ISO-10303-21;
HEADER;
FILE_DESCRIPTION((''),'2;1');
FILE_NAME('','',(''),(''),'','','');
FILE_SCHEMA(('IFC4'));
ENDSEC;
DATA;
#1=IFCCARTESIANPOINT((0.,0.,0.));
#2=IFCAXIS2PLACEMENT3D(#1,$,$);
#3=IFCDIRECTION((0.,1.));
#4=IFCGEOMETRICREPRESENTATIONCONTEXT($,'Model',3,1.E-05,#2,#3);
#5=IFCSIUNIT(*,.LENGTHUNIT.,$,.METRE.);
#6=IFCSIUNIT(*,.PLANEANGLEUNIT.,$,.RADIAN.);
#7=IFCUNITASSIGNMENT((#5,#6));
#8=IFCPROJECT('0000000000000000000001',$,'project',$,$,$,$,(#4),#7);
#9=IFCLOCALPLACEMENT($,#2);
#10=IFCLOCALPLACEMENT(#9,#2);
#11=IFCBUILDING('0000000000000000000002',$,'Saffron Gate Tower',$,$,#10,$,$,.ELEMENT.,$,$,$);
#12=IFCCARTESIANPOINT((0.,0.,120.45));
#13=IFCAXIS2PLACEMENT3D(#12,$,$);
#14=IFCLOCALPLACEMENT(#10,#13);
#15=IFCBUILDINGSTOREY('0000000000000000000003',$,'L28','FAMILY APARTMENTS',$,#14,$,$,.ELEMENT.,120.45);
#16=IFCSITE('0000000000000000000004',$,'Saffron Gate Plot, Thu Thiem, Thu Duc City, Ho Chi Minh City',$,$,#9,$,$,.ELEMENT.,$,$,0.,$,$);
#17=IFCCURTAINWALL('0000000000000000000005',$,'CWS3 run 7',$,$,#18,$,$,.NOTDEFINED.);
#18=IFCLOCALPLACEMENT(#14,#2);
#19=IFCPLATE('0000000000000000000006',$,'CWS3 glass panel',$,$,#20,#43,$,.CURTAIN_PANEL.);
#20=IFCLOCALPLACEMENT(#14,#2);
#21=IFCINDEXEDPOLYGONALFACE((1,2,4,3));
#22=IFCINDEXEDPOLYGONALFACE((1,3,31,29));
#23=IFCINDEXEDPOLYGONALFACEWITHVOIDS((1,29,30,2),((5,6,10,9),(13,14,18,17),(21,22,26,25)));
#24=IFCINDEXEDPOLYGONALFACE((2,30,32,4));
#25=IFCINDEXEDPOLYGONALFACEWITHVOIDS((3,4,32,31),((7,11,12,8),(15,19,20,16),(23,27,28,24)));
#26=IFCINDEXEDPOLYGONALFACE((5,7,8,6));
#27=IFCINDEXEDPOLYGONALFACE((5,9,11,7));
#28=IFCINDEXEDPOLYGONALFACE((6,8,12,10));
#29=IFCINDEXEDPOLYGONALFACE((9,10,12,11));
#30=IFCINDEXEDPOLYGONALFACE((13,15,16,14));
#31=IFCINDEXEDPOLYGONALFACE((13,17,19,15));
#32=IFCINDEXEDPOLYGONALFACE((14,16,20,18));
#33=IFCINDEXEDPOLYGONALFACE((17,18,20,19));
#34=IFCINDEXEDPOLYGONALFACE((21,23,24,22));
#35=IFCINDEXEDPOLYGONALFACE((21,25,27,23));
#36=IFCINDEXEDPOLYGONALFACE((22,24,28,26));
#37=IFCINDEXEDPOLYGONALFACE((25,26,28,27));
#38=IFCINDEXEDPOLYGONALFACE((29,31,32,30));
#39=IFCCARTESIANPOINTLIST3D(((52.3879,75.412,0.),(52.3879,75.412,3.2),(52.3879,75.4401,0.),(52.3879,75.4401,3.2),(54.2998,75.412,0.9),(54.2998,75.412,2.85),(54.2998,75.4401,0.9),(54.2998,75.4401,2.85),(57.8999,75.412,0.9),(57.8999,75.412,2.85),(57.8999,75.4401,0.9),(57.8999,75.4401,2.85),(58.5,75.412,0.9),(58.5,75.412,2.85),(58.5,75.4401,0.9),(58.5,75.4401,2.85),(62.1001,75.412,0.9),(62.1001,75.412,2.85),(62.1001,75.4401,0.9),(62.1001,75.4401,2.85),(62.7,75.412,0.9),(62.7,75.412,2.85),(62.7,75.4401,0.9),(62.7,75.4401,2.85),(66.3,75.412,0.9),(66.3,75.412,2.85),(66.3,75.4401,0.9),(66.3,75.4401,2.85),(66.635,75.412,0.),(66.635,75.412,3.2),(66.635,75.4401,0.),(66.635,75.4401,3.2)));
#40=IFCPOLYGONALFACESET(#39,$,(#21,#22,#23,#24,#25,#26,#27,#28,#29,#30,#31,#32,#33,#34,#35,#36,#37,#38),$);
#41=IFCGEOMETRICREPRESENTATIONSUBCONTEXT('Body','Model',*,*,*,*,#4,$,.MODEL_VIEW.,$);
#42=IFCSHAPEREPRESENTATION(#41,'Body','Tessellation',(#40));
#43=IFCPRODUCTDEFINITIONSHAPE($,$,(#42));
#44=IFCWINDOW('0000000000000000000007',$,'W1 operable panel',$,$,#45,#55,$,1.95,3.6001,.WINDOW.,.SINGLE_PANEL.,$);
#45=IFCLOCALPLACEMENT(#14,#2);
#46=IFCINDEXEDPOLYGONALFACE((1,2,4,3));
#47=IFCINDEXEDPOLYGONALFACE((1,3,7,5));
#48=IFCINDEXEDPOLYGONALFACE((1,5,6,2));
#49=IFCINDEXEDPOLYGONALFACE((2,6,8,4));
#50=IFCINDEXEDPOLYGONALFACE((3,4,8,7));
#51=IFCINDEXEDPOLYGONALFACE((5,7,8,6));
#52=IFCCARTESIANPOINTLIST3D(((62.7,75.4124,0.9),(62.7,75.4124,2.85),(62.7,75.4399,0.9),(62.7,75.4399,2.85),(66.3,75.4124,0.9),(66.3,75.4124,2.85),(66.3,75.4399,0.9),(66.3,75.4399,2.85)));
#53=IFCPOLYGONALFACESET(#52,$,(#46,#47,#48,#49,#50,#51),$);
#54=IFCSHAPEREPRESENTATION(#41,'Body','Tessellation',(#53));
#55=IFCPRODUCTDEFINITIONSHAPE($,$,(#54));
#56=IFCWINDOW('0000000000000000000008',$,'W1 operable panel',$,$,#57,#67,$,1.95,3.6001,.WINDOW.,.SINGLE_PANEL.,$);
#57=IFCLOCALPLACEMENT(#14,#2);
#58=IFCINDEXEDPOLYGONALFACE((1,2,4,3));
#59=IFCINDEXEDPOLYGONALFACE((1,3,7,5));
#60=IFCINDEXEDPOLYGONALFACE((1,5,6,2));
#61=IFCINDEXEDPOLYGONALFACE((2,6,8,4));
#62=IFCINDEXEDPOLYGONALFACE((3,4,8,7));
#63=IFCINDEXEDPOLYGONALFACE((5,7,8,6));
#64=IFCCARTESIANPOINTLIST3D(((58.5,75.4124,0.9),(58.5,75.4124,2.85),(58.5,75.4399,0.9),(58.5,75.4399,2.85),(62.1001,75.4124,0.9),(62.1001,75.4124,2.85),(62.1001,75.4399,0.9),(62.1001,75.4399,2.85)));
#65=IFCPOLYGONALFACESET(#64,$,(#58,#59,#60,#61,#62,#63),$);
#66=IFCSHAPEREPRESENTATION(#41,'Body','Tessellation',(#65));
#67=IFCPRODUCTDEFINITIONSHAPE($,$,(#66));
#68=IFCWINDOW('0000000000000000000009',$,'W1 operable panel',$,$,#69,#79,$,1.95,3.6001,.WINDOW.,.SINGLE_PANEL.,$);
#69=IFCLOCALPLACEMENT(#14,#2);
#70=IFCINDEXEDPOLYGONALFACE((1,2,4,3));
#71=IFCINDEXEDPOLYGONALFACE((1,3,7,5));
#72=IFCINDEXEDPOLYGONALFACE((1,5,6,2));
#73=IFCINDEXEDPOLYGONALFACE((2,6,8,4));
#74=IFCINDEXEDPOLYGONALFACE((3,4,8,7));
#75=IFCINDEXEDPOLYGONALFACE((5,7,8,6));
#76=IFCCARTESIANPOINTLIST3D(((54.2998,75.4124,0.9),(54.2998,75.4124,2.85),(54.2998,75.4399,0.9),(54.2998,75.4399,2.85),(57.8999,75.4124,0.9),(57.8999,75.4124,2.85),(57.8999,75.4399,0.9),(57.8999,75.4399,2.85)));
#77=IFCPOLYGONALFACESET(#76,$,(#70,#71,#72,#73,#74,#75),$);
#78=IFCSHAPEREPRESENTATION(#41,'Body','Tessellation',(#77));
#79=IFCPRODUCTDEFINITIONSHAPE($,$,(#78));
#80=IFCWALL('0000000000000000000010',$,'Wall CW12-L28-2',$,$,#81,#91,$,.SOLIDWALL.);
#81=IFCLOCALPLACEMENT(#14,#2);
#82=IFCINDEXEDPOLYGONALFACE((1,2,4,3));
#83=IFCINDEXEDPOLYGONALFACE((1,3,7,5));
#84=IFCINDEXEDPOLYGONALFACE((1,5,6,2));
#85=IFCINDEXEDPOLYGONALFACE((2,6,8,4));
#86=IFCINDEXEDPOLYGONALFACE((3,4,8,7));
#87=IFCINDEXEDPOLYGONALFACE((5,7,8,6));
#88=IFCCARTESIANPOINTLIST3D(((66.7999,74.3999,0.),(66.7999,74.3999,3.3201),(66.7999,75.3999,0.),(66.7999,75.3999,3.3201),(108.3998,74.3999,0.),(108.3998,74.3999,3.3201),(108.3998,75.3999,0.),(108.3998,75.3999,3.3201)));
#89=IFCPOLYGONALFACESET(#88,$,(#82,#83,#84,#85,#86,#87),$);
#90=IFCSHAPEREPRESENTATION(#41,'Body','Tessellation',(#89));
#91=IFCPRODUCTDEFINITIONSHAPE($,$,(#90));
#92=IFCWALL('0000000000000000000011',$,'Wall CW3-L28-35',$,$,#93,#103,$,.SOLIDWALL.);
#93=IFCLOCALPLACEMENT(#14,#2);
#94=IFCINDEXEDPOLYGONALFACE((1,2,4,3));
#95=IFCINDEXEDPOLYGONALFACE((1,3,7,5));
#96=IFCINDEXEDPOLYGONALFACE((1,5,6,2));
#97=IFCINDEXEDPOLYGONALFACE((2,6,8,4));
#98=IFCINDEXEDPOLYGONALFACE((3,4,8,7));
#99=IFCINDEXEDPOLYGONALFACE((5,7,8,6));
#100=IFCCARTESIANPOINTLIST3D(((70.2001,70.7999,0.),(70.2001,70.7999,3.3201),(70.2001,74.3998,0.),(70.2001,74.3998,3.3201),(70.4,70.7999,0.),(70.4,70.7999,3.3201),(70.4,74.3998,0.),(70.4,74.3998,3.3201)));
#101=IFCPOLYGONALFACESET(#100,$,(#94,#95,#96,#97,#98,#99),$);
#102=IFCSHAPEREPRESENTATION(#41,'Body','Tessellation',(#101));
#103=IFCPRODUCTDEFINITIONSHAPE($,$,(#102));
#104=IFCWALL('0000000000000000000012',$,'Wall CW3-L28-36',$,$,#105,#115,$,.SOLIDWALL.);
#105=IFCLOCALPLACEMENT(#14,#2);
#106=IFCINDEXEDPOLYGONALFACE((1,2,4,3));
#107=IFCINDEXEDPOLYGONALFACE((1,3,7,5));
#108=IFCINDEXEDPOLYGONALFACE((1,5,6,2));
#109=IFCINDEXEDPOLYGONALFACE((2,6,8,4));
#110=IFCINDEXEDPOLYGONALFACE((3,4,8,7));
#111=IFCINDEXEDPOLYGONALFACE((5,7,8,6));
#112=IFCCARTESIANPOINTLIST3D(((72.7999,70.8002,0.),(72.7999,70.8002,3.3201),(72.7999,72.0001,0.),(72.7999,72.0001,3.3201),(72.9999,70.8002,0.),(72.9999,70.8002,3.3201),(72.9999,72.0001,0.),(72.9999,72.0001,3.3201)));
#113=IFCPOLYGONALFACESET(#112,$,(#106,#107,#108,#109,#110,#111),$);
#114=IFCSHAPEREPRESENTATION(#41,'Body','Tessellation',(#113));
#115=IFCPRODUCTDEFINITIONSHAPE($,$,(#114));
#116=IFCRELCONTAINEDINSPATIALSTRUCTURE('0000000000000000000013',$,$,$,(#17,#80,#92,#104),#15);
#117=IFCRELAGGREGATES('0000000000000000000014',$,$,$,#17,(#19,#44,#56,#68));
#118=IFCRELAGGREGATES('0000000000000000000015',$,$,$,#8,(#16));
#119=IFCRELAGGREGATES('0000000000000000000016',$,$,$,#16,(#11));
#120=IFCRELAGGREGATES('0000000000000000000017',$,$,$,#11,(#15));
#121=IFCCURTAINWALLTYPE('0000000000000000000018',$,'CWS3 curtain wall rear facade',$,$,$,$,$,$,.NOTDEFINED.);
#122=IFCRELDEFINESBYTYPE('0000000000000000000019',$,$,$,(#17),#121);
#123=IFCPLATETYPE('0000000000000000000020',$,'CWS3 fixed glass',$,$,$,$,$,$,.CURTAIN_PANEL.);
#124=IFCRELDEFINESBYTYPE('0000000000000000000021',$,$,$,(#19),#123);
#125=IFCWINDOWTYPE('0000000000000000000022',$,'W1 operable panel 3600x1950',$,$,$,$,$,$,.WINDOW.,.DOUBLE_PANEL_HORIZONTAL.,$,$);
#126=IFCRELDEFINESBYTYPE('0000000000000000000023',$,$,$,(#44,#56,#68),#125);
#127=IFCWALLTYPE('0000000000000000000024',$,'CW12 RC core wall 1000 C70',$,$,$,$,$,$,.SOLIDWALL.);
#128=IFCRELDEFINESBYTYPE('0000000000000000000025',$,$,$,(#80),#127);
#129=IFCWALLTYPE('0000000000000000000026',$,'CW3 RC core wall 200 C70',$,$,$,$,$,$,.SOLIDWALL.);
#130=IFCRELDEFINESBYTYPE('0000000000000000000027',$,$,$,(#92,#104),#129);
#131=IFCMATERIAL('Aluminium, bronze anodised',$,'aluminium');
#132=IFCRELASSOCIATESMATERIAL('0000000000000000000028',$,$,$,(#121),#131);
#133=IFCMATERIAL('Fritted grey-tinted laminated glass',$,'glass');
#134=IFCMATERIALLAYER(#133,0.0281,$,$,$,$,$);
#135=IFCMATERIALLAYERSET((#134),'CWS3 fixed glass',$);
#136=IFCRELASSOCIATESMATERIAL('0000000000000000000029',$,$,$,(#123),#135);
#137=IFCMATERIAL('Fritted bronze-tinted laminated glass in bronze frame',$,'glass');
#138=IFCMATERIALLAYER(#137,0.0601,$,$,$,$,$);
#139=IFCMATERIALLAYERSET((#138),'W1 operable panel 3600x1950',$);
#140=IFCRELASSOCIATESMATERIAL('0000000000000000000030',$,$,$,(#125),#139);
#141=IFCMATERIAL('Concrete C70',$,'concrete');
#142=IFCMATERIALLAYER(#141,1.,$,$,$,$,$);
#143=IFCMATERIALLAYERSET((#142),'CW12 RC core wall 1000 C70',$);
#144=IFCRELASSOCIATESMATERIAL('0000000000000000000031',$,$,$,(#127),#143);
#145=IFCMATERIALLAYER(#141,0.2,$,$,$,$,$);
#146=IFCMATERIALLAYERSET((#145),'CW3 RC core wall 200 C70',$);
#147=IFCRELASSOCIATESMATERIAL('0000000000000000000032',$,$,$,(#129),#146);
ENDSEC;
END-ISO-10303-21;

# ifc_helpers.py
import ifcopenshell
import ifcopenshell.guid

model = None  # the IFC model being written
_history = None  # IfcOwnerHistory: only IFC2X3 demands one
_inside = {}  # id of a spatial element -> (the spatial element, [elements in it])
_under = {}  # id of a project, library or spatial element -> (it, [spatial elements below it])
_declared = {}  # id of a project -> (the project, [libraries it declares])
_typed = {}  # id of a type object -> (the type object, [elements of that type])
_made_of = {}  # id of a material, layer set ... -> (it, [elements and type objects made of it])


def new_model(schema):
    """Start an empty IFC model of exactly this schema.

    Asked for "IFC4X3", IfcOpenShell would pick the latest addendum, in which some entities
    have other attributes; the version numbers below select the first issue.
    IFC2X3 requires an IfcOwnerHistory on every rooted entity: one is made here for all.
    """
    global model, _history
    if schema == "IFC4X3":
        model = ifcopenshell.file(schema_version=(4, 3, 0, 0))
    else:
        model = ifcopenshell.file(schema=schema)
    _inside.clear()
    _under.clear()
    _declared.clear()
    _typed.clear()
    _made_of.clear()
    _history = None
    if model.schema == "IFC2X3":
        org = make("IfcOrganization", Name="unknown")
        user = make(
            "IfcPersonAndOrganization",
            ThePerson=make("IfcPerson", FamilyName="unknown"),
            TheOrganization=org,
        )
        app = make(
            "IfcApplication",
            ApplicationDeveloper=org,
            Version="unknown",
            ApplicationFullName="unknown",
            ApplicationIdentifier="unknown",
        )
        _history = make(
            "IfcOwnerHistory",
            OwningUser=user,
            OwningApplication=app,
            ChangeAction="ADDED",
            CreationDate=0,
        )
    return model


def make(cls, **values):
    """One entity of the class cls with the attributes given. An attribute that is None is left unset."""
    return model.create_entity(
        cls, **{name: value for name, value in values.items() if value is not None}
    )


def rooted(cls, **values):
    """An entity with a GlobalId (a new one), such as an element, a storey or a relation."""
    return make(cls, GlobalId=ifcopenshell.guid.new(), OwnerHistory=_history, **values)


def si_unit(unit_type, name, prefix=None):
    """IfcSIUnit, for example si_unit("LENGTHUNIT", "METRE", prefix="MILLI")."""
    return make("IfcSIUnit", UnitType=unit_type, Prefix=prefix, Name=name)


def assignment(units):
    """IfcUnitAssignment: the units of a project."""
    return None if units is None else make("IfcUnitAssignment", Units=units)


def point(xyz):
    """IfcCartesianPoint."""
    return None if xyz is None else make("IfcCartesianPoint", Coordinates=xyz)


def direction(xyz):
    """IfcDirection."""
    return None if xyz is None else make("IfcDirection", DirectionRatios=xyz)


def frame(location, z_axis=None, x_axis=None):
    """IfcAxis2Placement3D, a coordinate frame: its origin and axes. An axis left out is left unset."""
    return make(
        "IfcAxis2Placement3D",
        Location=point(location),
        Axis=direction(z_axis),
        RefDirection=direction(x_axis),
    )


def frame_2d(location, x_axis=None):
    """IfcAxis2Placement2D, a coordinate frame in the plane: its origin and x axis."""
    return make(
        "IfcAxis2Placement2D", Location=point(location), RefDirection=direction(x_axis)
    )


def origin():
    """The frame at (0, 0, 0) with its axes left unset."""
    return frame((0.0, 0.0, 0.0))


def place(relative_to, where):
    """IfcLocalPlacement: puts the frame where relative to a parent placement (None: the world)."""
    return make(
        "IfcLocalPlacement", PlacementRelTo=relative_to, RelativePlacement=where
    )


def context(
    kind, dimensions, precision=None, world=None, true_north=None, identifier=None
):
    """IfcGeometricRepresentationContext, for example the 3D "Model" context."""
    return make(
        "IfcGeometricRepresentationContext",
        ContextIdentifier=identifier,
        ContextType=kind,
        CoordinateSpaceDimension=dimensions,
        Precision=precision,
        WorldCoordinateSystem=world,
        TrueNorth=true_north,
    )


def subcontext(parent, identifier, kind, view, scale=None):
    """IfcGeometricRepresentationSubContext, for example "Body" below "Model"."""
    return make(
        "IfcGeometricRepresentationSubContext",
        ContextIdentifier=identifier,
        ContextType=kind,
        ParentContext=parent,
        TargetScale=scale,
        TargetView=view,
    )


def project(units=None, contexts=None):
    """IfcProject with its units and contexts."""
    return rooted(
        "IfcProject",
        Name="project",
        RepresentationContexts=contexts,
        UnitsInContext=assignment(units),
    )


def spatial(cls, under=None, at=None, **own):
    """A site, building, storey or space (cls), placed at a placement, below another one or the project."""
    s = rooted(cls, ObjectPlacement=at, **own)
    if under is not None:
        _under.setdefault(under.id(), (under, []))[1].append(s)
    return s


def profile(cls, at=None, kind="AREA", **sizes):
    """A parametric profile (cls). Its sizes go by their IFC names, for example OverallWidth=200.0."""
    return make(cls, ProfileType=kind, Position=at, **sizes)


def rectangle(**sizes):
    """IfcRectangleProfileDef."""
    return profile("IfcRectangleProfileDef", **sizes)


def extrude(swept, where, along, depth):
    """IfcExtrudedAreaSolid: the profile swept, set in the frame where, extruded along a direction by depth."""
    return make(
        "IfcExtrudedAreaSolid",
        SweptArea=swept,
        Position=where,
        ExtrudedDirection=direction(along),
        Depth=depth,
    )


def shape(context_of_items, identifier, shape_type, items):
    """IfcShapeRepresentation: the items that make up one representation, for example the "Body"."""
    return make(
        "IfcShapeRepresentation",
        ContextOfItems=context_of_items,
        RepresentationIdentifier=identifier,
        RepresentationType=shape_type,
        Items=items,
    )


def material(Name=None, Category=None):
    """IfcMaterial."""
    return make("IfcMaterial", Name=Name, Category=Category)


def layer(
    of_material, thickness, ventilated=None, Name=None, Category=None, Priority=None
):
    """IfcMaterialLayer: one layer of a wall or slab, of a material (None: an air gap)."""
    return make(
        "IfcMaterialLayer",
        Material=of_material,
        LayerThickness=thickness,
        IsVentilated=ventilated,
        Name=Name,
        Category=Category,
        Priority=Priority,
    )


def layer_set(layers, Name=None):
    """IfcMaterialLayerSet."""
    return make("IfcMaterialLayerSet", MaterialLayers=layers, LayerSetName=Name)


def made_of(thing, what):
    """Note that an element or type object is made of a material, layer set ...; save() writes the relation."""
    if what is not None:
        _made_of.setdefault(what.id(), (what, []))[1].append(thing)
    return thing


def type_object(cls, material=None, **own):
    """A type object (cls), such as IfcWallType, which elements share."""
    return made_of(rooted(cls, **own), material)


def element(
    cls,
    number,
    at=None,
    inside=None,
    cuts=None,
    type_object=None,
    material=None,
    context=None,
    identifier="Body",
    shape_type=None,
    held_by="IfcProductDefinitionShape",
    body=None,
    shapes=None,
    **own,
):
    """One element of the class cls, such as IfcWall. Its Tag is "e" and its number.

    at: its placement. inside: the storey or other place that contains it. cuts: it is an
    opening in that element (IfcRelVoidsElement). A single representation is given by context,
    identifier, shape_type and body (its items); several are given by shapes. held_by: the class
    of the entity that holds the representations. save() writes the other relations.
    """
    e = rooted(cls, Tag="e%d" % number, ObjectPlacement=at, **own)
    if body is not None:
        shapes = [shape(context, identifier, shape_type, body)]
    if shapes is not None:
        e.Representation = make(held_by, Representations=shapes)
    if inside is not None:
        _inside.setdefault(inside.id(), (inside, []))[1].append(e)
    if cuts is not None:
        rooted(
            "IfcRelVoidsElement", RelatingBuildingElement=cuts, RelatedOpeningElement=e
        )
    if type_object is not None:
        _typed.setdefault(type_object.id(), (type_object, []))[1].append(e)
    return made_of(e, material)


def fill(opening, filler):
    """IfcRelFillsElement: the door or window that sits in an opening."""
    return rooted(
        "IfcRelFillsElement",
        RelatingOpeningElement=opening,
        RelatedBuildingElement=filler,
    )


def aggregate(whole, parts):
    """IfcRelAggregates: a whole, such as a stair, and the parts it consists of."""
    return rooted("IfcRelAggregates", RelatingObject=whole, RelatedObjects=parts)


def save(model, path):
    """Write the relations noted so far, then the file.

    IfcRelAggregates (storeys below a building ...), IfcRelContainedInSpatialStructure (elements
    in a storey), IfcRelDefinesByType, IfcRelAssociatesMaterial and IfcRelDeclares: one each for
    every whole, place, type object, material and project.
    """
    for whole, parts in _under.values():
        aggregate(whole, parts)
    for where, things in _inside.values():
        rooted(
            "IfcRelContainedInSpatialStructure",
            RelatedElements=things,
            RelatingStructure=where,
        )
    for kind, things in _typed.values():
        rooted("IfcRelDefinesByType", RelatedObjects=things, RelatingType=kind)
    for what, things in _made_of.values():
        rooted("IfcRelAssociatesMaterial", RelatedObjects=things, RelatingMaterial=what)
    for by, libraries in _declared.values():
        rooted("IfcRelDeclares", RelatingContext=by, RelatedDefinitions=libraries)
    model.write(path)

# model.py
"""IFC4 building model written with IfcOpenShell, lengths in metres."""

from ifc_helpers import new_model, si_unit, direction, frame, frame_2d, origin, place, context, subcontext, project, spatial, rectangle, extrude, material, layer, layer_set, type_object, element, fill, aggregate, save


model = new_model("IFC4")

# Units and contexts
model_context = context("Model", 3, precision=1e-05, world=origin(), true_north=direction((0.0, 1.0)))
body_context = subcontext(model_context, "Body", "Model", "MODEL_VIEW")
ifc_project = project(units=[si_unit("LENGTHUNIT", "METRE"), si_unit("PLANEANGLEUNIT", "RADIAN")], contexts=[model_context])

# Site, building, storey
site_placement = place(None, origin())
site = spatial("IfcSite", under=ifc_project, at=site_placement, Name="Saffron Gate Plot, Thu Thiem, Thu Duc City, Ho Chi Minh City", CompositionType="ELEMENT", RefElevation=0.0)
building_placement = place(site_placement, origin())
building = spatial("IfcBuilding", under=site, at=building_placement, Name="Saffron Gate Tower", CompositionType="ELEMENT")
storey_placement = place(building_placement, frame((0.0, 0.0, 120.45)))
storey = spatial("IfcBuildingStorey", under=building, at=storey_placement, Name="L28", Description="FAMILY APARTMENTS", CompositionType="ELEMENT", Elevation=120.45)

# Curtain wall, plate, openings, windows
ifc_material_1 = material(Name="Aluminium, bronze anodised", Category="aluminium")
curtain_wall_type = type_object("IfcCurtainWallType", Name="CWS3 curtain wall rear facade", PredefinedType="NOTDEFINED", material=ifc_material_1)
curtain_wall_placement = place(storey_placement, origin())
curtain_wall = element("IfcCurtainWall", 1, at=curtain_wall_placement, inside=storey, type_object=curtain_wall_type, Name="CWS3 run 7", PredefinedType="NOTDEFINED")
ifc_material_2 = material(Name="Fritted grey-tinted laminated glass", Category="glass")
ifc_layer_1 = layer(ifc_material_2, 0.0281)
ifc_layer_set_1 = layer_set([ifc_layer_1], Name="CWS3 fixed glass")
plate_type = type_object("IfcPlateType", Name="CWS3 fixed glass", PredefinedType="CURTAIN_PANEL", material=ifc_layer_set_1)
plate_placement = place(storey_placement, frame((66.635, 75.426, 0.0), z_axis=(0.0, 0.0, 1.0), x_axis=(-1.0, 0.0, 0.0)))
plate = element("IfcPlate", 2, at=plate_placement, type_object=plate_type, Name="CWS3 glass panel", PredefinedType="CURTAIN_PANEL", context=body_context, shape_type="SweptSolid", body=[
    extrude(rectangle(XDim=14.2471, YDim=0.0281, at=frame_2d((7.1235, 0.0))), origin(), (0.0, 0.0, 1.0), 3.2),
])
opening_1_placement = place(plate_placement, frame((0.335, 0.0, 0.8999)))
opening_1 = element("IfcOpeningElement", 3, at=opening_1_placement, cuts=plate, PredefinedType="OPENING", context=body_context, shape_type="SweptSolid", body=[
    extrude(rectangle(XDim=3.6001, YDim=1.95, at=frame_2d((1.8, 0.9751))), frame((0.0, 0.0239, 0.0), z_axis=(0.0, -1.0, 0.0), x_axis=(1.0, 0.0, 0.0)), (0.0, 0.0, 1.0), 0.0481),
])
opening_2_placement = place(plate_placement, frame((4.5349, 0.0, 0.8999)))
opening_2 = element("IfcOpeningElement", 4, at=opening_2_placement, cuts=plate, PredefinedType="OPENING", context=body_context, shape_type="SweptSolid", body=[
    extrude(rectangle(XDim=3.6001, YDim=1.95, at=frame_2d((1.8, 0.9751))), frame((0.0, 0.0239, 0.0), z_axis=(0.0, -1.0, 0.0), x_axis=(1.0, 0.0, 0.0)), (0.0, 0.0, 1.0), 0.0481),
])
opening_3_placement = place(plate_placement, frame((8.7351, 0.0, 0.8999)))
opening_3 = element("IfcOpeningElement", 5, at=opening_3_placement, cuts=plate, PredefinedType="OPENING", context=body_context, shape_type="SweptSolid", body=[
    extrude(rectangle(XDim=3.6001, YDim=1.95, at=frame_2d((1.8, 0.9751))), frame((0.0, 0.0239, 0.0), z_axis=(0.0, -1.0, 0.0), x_axis=(1.0, 0.0, 0.0)), (0.0, 0.0, 1.0), 0.0481),
])
ifc_material_3 = material(Name="Fritted bronze-tinted laminated glass in bronze frame", Category="glass")
ifc_layer_2 = layer(ifc_material_3, 0.0601)
ifc_layer_set_2 = layer_set([ifc_layer_2], Name="W1 operable panel 3600x1950")
window_type = type_object("IfcWindowType", Name="W1 operable panel 3600x1950", PartitioningType="DOUBLE_PANEL_HORIZONTAL", PredefinedType="WINDOW", material=ifc_layer_set_2)
window_1_placement = place(opening_1_placement, origin())
window_1 = element("IfcWindow", 6, at=window_1_placement, type_object=window_type, Name="W1 operable panel", OverallHeight=1.95, OverallWidth=3.6001, PartitioningType="SINGLE_PANEL", PredefinedType="WINDOW", context=body_context, shape_type="SweptSolid", body=[
    extrude(rectangle(XDim=3.6001, YDim=1.95, at=frame_2d((1.8, 0.9751))), frame((0.0, 0.0137, 0.0), z_axis=(0.0, -1.0, 0.0), x_axis=(1.0, 0.0, 0.0)), (0.0, 0.0, 1.0), 0.0276),
])
fill(opening_1, window_1)
window_2_placement = place(opening_2_placement, origin())
window_2 = element("IfcWindow", 7, at=window_2_placement, type_object=window_type, Name="W1 operable panel", OverallHeight=1.95, OverallWidth=3.6001, PartitioningType="SINGLE_PANEL", PredefinedType="WINDOW", context=body_context, shape_type="SweptSolid", body=[
    extrude(rectangle(XDim=3.6001, YDim=1.95, at=frame_2d((1.8, 0.9751))), frame((0.0, 0.0137, 0.0), z_axis=(0.0, -1.0, 0.0), x_axis=(1.0, 0.0, 0.0)), (0.0, 0.0, 1.0), 0.0276),
])
fill(opening_2, window_2)
window_3_placement = place(opening_3_placement, origin())
window_3 = element("IfcWindow", 8, at=window_3_placement, type_object=window_type, Name="W1 operable panel", OverallHeight=1.95, OverallWidth=3.6001, PartitioningType="SINGLE_PANEL", PredefinedType="WINDOW", context=body_context, shape_type="SweptSolid", body=[
    extrude(rectangle(XDim=3.6001, YDim=1.95, at=frame_2d((1.8, 0.9751))), frame((0.0, 0.0137, 0.0), z_axis=(0.0, -1.0, 0.0), x_axis=(1.0, 0.0, 0.0)), (0.0, 0.0, 1.0), 0.0276),
])
fill(opening_3, window_3)
aggregate(curtain_wall, [plate, window_1, window_2, window_3])

# Walls
ifc_material_4 = material(Name="Concrete C70", Category="concrete")
ifc_layer_3 = layer(ifc_material_4, 1.0)
ifc_layer_set_3 = layer_set([ifc_layer_3], Name="CW12 RC core wall 1000 C70")
wall_type_1 = type_object("IfcWallType", Name="CW12 RC core wall 1000 C70", PredefinedType="SOLIDWALL", material=ifc_layer_set_3)
wall_1_placement = place(storey_placement, frame((66.8, 74.8999, 0.0), z_axis=(0.0, 0.0, 1.0), x_axis=(1.0, 0.0, 0.0)))
element("IfcWall", 9, at=wall_1_placement, inside=storey, type_object=wall_type_1, Name="Wall CW12-L28-2", PredefinedType="SOLIDWALL", context=body_context, shape_type="SweptSolid", body=[
    extrude(rectangle(XDim=41.5999, YDim=1.0, at=frame_2d((20.7998, 0.0))), origin(), (0.0, 0.0, 1.0), 3.3201),
])
ifc_layer_4 = layer(ifc_material_4, 0.2)
ifc_layer_set_4 = layer_set([ifc_layer_4], Name="CW3 RC core wall 200 C70")
wall_type_2 = type_object("IfcWallType", Name="CW3 RC core wall 200 C70", PredefinedType="SOLIDWALL", material=ifc_layer_set_4)
wall_2_placement = place(storey_placement, frame((70.3, 70.8, 0.0), z_axis=(0.0, 0.0, 1.0), x_axis=(0.0, 1.0, 0.0)))
element("IfcWall", 10, at=wall_2_placement, inside=storey, type_object=wall_type_2, Name="Wall CW3-L28-35", PredefinedType="SOLIDWALL", context=body_context, shape_type="SweptSolid", body=[
    extrude(rectangle(XDim=3.5999, YDim=0.2, at=frame_2d((1.7998, 0.0))), origin(), (0.0, 0.0, 1.0), 3.3201),
])
wall_3_placement = place(storey_placement, frame((72.8999, 70.8, 0.0), z_axis=(0.0, 0.0, 1.0), x_axis=(0.0, 1.0, 0.0)))
element("IfcWall", 11, at=wall_3_placement, inside=storey, type_object=wall_type_2, Name="Wall CW3-L28-36", PredefinedType="SOLIDWALL", context=body_context, shape_type="SweptSolid", body=[
    extrude(rectangle(XDim=1.2, YDim=0.2, at=frame_2d((0.6001, 0.0))), origin(), (0.0, 0.0, 1.0), 3.3201),
])

save(model, "model.ifc")
